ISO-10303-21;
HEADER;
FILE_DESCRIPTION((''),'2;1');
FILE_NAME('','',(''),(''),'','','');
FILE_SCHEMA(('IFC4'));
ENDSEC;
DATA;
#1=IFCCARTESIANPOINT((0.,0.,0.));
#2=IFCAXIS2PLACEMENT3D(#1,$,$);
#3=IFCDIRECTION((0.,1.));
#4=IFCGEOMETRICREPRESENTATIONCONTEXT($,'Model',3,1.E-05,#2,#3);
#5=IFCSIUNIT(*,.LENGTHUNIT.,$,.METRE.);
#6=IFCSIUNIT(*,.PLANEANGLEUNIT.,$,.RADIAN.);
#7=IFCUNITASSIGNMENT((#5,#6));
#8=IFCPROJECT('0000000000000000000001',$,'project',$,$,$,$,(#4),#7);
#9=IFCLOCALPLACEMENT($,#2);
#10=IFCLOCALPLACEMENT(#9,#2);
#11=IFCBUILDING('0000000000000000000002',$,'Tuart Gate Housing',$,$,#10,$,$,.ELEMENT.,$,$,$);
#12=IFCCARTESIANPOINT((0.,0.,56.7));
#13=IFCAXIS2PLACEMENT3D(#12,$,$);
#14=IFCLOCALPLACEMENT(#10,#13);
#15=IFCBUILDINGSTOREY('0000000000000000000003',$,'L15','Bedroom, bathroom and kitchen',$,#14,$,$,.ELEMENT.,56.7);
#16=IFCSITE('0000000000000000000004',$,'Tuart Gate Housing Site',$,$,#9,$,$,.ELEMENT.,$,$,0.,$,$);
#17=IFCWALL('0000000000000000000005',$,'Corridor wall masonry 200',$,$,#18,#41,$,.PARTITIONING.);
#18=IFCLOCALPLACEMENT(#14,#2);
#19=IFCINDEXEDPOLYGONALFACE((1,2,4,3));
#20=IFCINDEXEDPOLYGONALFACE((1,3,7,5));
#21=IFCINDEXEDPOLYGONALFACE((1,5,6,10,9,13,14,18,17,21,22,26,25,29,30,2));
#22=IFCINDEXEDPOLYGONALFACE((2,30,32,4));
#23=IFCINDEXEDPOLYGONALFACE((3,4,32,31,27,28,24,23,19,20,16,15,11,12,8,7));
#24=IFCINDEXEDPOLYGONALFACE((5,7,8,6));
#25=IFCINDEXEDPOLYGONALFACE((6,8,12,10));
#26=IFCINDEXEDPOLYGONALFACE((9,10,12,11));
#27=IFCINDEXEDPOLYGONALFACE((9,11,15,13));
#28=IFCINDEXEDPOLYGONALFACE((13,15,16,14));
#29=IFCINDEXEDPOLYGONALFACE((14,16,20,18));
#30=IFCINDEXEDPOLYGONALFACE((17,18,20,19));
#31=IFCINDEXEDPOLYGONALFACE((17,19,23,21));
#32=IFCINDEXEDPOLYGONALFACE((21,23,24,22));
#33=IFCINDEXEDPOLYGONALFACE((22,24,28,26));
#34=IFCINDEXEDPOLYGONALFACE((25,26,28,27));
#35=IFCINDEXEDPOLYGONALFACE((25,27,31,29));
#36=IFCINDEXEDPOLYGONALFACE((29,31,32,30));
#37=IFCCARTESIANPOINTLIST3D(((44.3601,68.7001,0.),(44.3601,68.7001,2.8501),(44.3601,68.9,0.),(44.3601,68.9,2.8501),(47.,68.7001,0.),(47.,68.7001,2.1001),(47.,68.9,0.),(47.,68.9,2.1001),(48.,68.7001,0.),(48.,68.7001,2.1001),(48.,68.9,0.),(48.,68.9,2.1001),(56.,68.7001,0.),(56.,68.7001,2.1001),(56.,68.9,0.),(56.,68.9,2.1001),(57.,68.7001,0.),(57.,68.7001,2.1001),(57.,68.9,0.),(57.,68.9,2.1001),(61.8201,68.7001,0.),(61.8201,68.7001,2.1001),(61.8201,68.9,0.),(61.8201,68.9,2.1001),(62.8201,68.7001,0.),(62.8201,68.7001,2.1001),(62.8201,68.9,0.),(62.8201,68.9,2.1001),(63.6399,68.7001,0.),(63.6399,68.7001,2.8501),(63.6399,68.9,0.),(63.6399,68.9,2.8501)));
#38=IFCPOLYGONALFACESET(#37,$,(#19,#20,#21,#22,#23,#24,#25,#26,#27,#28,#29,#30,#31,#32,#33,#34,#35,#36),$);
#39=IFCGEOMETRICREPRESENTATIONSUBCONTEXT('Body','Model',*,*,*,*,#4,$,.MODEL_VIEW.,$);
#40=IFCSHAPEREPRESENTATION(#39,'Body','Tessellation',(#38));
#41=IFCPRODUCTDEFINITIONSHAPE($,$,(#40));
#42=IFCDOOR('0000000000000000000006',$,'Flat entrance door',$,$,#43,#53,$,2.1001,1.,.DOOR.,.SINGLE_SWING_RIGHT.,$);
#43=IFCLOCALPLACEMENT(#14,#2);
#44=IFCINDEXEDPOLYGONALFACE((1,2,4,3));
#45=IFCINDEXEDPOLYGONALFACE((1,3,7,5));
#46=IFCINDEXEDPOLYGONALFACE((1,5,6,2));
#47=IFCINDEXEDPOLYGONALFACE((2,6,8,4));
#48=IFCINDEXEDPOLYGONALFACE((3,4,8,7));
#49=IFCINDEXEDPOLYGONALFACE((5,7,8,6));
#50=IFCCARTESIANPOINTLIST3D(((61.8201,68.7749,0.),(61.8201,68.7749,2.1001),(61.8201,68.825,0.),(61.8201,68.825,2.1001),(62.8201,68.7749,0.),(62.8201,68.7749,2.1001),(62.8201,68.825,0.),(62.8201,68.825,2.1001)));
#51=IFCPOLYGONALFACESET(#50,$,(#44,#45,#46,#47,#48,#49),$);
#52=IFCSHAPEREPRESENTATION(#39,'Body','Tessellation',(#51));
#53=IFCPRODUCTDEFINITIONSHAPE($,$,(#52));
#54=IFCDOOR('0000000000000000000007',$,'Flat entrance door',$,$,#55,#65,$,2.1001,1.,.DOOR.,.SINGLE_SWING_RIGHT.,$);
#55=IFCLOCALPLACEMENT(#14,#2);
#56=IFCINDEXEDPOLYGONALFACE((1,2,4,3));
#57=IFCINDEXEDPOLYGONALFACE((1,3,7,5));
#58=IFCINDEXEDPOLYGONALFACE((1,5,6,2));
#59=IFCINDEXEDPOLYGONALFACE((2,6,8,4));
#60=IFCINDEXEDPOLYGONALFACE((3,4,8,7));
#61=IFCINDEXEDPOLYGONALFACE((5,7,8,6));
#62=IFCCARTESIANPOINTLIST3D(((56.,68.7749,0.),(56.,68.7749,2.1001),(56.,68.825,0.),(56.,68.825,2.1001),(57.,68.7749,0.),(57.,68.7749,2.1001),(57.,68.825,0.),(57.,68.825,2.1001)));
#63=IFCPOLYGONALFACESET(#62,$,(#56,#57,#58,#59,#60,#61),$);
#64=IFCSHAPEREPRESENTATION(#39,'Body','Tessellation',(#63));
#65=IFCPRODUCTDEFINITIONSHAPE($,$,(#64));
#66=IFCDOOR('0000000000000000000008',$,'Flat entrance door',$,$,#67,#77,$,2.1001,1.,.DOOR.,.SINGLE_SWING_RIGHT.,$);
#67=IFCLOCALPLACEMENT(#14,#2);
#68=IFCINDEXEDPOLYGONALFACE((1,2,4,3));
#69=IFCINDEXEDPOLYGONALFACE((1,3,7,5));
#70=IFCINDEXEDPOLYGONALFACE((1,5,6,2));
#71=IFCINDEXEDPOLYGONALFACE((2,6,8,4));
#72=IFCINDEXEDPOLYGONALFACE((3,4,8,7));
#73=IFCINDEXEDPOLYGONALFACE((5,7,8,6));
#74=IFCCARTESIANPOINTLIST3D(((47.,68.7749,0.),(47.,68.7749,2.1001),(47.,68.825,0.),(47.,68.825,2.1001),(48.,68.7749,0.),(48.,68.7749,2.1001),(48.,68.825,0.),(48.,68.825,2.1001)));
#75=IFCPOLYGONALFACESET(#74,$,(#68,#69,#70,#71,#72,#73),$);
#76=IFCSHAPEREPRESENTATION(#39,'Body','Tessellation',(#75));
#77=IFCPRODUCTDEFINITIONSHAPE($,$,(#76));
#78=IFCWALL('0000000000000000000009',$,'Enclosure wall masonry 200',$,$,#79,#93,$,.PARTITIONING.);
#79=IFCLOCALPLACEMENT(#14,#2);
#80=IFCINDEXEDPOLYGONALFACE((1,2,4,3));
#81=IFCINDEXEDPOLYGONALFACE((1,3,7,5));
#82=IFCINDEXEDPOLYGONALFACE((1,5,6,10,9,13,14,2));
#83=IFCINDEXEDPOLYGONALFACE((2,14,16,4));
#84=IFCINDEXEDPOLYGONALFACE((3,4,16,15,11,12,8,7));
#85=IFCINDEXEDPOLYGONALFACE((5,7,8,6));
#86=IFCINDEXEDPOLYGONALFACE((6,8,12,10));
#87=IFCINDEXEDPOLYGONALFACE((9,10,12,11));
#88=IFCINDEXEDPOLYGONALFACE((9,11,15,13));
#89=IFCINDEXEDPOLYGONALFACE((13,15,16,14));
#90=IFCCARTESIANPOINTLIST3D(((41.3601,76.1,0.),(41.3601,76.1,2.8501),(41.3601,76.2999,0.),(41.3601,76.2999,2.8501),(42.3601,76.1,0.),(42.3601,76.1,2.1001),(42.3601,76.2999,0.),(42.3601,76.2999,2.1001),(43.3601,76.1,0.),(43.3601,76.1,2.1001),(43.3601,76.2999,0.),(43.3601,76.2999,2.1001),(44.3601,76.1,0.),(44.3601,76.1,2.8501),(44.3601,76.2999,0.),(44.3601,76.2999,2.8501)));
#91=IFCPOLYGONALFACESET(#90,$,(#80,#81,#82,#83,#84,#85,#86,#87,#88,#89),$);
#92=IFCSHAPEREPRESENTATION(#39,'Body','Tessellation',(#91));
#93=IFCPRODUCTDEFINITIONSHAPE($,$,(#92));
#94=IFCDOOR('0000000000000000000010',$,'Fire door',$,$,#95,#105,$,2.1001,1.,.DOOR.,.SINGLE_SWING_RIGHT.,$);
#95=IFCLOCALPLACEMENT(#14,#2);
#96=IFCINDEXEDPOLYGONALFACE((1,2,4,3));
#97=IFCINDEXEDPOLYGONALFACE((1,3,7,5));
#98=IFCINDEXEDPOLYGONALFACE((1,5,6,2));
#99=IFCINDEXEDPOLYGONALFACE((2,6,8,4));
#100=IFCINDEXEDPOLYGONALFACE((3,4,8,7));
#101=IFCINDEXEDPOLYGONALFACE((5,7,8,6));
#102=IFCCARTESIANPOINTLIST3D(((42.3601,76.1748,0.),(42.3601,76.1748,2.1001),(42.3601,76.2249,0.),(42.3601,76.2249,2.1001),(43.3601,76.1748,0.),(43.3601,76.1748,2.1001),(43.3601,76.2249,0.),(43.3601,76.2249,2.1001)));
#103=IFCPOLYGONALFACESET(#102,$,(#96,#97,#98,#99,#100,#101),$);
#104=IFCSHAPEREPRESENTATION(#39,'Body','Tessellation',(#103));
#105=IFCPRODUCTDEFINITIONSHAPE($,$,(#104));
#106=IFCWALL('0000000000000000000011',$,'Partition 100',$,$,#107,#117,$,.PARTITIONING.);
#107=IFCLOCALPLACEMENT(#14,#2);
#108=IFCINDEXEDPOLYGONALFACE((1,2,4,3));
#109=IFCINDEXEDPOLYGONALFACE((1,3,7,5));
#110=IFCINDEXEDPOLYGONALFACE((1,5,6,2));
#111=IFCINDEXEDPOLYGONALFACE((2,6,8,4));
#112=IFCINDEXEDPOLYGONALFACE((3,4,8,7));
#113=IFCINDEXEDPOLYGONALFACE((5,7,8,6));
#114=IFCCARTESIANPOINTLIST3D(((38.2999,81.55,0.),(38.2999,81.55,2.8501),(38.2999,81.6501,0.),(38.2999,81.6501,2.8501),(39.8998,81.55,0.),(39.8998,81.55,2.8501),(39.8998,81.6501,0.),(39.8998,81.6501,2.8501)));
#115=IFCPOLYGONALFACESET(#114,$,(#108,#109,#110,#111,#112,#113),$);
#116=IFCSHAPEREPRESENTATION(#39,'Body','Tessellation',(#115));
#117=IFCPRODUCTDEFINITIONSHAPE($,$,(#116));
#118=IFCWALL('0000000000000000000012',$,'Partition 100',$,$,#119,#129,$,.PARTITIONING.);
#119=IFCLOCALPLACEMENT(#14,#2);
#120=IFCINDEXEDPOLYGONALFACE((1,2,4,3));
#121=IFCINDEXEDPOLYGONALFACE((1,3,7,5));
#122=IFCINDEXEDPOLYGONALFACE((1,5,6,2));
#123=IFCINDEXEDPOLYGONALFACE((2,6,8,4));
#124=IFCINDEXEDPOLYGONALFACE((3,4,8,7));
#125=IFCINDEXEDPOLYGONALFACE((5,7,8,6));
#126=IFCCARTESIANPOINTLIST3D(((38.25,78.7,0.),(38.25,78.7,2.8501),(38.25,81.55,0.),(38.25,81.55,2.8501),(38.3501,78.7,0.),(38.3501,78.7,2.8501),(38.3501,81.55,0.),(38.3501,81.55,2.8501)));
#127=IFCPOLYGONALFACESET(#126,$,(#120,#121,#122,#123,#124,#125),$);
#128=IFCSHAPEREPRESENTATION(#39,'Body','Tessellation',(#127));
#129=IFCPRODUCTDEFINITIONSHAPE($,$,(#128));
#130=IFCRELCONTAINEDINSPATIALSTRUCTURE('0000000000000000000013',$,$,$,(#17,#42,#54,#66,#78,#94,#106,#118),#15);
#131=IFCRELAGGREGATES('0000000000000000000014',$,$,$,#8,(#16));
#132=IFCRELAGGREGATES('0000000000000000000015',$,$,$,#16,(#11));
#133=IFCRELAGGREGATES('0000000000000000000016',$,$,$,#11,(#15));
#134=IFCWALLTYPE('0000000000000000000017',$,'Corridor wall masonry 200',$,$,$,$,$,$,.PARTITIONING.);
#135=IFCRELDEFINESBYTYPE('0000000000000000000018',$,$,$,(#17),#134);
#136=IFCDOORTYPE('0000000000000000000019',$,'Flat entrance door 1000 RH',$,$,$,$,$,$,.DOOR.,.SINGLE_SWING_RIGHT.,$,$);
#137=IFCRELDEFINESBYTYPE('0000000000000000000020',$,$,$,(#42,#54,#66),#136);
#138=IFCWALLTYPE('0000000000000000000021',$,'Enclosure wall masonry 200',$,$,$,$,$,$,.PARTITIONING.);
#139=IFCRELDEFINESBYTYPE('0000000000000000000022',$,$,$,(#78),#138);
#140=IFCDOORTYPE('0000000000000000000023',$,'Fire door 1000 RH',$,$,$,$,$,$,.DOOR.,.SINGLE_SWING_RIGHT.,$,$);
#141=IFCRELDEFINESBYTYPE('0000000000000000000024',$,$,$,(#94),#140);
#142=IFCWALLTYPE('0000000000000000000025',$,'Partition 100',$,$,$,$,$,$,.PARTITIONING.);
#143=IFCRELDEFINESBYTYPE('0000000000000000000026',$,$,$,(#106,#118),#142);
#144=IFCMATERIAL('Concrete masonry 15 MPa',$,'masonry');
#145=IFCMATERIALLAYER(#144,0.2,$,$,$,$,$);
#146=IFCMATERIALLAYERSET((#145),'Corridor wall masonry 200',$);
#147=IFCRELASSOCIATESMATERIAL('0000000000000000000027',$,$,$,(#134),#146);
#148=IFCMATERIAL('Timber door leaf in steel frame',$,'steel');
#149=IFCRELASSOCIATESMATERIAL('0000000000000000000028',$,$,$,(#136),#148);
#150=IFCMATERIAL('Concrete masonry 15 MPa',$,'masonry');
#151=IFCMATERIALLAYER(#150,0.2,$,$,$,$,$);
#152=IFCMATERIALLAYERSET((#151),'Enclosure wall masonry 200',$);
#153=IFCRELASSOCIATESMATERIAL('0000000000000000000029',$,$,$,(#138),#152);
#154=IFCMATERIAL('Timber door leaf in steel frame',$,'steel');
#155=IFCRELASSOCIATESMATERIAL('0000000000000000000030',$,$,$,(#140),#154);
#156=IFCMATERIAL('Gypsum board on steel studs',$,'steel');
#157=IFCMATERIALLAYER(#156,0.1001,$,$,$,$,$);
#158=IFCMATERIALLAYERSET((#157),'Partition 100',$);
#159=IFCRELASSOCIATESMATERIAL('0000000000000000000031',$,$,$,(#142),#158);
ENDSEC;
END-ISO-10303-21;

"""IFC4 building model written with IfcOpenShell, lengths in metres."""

from ifc_helpers import new_model, si_unit, direction, frame, frame_2d, origin, place, context, subcontext, project, spatial, rectangle, extrude, material, layer, layer_set, type_object, element, fill, save


model = new_model("IFC4")

# Units and contexts
model_context = context("Model", 3, precision=1e-05, world=origin(), true_north=direction((0.0, 1.0)))
body_context = subcontext(model_context, "Body", "Model", "MODEL_VIEW")
ifc_project = project(units=[si_unit("LENGTHUNIT", "METRE"), si_unit("PLANEANGLEUNIT", "RADIAN")], contexts=[model_context])

# Site, building, storey
site_placement = place(None, origin())
site = spatial("IfcSite", under=ifc_project, at=site_placement, Name="Tuart Gate Housing Site", CompositionType="ELEMENT", RefElevation=0.0)
building_placement = place(site_placement, origin())
building = spatial("IfcBuilding", under=site, at=building_placement, Name="Tuart Gate Housing", CompositionType="ELEMENT")
storey_placement = place(building_placement, frame((0.0, 0.0, 56.7)))
storey = spatial("IfcBuildingStorey", under=building, at=storey_placement, Name="L15", Description="Bedroom, bathroom and kitchen", CompositionType="ELEMENT", Elevation=56.7)

# Wall, openings, doors
ifc_material_1 = material(Name="Concrete masonry 15 MPa", Category="masonry")
ifc_layer_1 = layer(ifc_material_1, 0.2)
ifc_layer_set_1 = layer_set([ifc_layer_1], Name="Corridor wall masonry 200")
wall_type_1 = type_object("IfcWallType", Name="Corridor wall masonry 200", PredefinedType="PARTITIONING", material=ifc_layer_set_1)
wall_1_placement = place(storey_placement, frame((44.3601, 68.8, 0.0), z_axis=(0.0, 0.0, 1.0), x_axis=(1.0, 0.0, 0.0)))
wall_1 = element("IfcWall", 1, at=wall_1_placement, inside=storey, type_object=wall_type_1, Name="Corridor wall masonry 200", PredefinedType="PARTITIONING", context=body_context, shape_type="SweptSolid", body=[
    extrude(rectangle(XDim=19.2798, YDim=0.2, at=frame_2d((9.6399, 0.0))), origin(), (0.0, 0.0, 1.0), 2.8501),
])
opening_1_placement = place(wall_1_placement, frame((17.46, 0.0, 0.0)))
opening_1 = element("IfcOpeningElement", 2, at=opening_1_placement, cuts=wall_1, PredefinedType="OPENING", context=body_context, shape_type="SweptSolid", body=[
    extrude(rectangle(XDim=1.0, YDim=2.1001, at=frame_2d((0.5, 1.05))), frame((0.0, 0.1099, 0.0), z_axis=(0.0, -1.0, 0.0), x_axis=(1.0, 0.0, 0.0)), (0.0, 0.0, 1.0), 0.22),
])
opening_2_placement = place(wall_1_placement, frame((11.6399, 0.0, 0.0)))
opening_2 = element("IfcOpeningElement", 3, at=opening_2_placement, cuts=wall_1, PredefinedType="OPENING", context=body_context, shape_type="SweptSolid", body=[
    extrude(rectangle(XDim=1.0, YDim=2.1001, at=frame_2d((0.5, 1.05))), frame((0.0, 0.1099, 0.0), z_axis=(0.0, -1.0, 0.0), x_axis=(1.0, 0.0, 0.0)), (0.0, 0.0, 1.0), 0.22),
])
opening_3_placement = place(wall_1_placement, frame((2.6399, 0.0, 0.0)))
opening_3 = element("IfcOpeningElement", 4, at=opening_3_placement, cuts=wall_1, PredefinedType="OPENING", context=body_context, shape_type="SweptSolid", body=[
    extrude(rectangle(XDim=1.0, YDim=2.1001, at=frame_2d((0.5, 1.05))), frame((0.0, 0.1099, 0.0), z_axis=(0.0, -1.0, 0.0), x_axis=(1.0, 0.0, 0.0)), (0.0, 0.0, 1.0), 0.22),
])
ifc_material_2 = material(Name="Timber door leaf in steel frame", Category="steel")
door_type_1 = type_object("IfcDoorType", Name="Flat entrance door 1000 RH", OperationType="SINGLE_SWING_RIGHT", PredefinedType="DOOR", material=ifc_material_2)
door_1_placement = place(opening_1_placement, frame((1.0, 0.0, 0.0), z_axis=(0.0, 0.0, 1.0), x_axis=(-1.0, 0.0, 0.0)))
door_1 = element("IfcDoor", 5, at=door_1_placement, inside=storey, type_object=door_type_1, Name="Flat entrance door", OperationType="SINGLE_SWING_RIGHT", OverallHeight=2.1001, OverallWidth=1.0, PredefinedType="DOOR", context=body_context, shape_type="SweptSolid", body=[
    extrude(rectangle(XDim=1.0, YDim=2.1001, at=frame_2d((0.5, 1.05))), frame((0.0, 0.0251, 0.0), z_axis=(0.0, -1.0, 0.0), x_axis=(1.0, 0.0, 0.0)), (0.0, 0.0, 1.0), 0.05),
])
fill(opening_1, door_1)
door_2_placement = place(opening_2_placement, frame((1.0, 0.0, 0.0), z_axis=(0.0, 0.0, 1.0), x_axis=(-1.0, 0.0, 0.0)))
door_2 = element("IfcDoor", 6, at=door_2_placement, inside=storey, type_object=door_type_1, Name="Flat entrance door", OperationType="SINGLE_SWING_RIGHT", OverallHeight=2.1001, OverallWidth=1.0, PredefinedType="DOOR", context=body_context, shape_type="SweptSolid", body=[
    extrude(rectangle(XDim=1.0, YDim=2.1001, at=frame_2d((0.5, 1.05))), frame((0.0, 0.0251, 0.0), z_axis=(0.0, -1.0, 0.0), x_axis=(1.0, 0.0, 0.0)), (0.0, 0.0, 1.0), 0.05),
])
fill(opening_2, door_2)
door_3_placement = place(opening_3_placement, frame((1.0, 0.0, 0.0), z_axis=(0.0, 0.0, 1.0), x_axis=(-1.0, 0.0, 0.0)))
door_3 = element("IfcDoor", 7, at=door_3_placement, inside=storey, type_object=door_type_1, Name="Flat entrance door", OperationType="SINGLE_SWING_RIGHT", OverallHeight=2.1001, OverallWidth=1.0, PredefinedType="DOOR", context=body_context, shape_type="SweptSolid", body=[
    extrude(rectangle(XDim=1.0, YDim=2.1001, at=frame_2d((0.5, 1.05))), frame((0.0, 0.0251, 0.0), z_axis=(0.0, -1.0, 0.0), x_axis=(1.0, 0.0, 0.0)), (0.0, 0.0, 1.0), 0.05),
])
fill(opening_3, door_3)

# Wall, opening, door
ifc_material_3 = material(Name="Concrete masonry 15 MPa", Category="masonry")
ifc_layer_2 = layer(ifc_material_3, 0.2)
ifc_layer_set_2 = layer_set([ifc_layer_2], Name="Enclosure wall masonry 200")
wall_type_2 = type_object("IfcWallType", Name="Enclosure wall masonry 200", PredefinedType="PARTITIONING", material=ifc_layer_set_2)
wall_2_placement = place(storey_placement, frame((41.3601, 76.2, 0.0), z_axis=(0.0, 0.0, 1.0), x_axis=(1.0, 0.0, 0.0)))
wall_2 = element("IfcWall", 8, at=wall_2_placement, inside=storey, type_object=wall_type_2, Name="Enclosure wall masonry 200", PredefinedType="PARTITIONING", context=body_context, shape_type="SweptSolid", body=[
    extrude(rectangle(XDim=3.0, YDim=0.2, at=frame_2d((1.5, 0.0))), origin(), (0.0, 0.0, 1.0), 2.8501),
])
opening_4_placement = place(wall_2_placement, frame((1.0, 0.0, 0.0)))
opening_4 = element("IfcOpeningElement", 9, at=opening_4_placement, cuts=wall_2, PredefinedType="OPENING", context=body_context, shape_type="SweptSolid", body=[
    extrude(rectangle(XDim=1.0, YDim=2.1001, at=frame_2d((0.5, 1.05))), frame((0.0, 0.1099, 0.0), z_axis=(0.0, -1.0, 0.0), x_axis=(1.0, 0.0, 0.0)), (0.0, 0.0, 1.0), 0.22),
])
ifc_material_4 = material(Name="Timber door leaf in steel frame", Category="steel")
door_type_2 = type_object("IfcDoorType", Name="Fire door 1000 RH", OperationType="SINGLE_SWING_RIGHT", PredefinedType="DOOR", material=ifc_material_4)
door_4_placement = place(opening_4_placement, origin())
door_4 = element("IfcDoor", 10, at=door_4_placement, inside=storey, type_object=door_type_2, Name="Fire door", OperationType="SINGLE_SWING_RIGHT", OverallHeight=2.1001, OverallWidth=1.0, PredefinedType="DOOR", context=body_context, shape_type="SweptSolid", body=[
    extrude(rectangle(XDim=1.0, YDim=2.1001, at=frame_2d((0.5, 1.05))), frame((0.0, 0.0249, 0.0), z_axis=(0.0, -1.0, 0.0), x_axis=(1.0, 0.0, 0.0)), (0.0, 0.0, 1.0), 0.05),
])
fill(opening_4, door_4)

# Walls
ifc_material_5 = material(Name="Gypsum board on steel studs", Category="steel")
ifc_layer_3 = layer(ifc_material_5, 0.1001)
ifc_layer_set_3 = layer_set([ifc_layer_3], Name="Partition 100")
wall_type_3 = type_object("IfcWallType", Name="Partition 100", PredefinedType="PARTITIONING", material=ifc_layer_set_3)
wall_3_placement = place(storey_placement, frame((38.3, 81.6001, 0.0), z_axis=(0.0, 0.0, 1.0), x_axis=(1.0, 0.0, 0.0)))
element("IfcWall", 11, at=wall_3_placement, inside=storey, type_object=wall_type_3, Name="Partition 100", PredefinedType="PARTITIONING", context=body_context, shape_type="SweptSolid", body=[
    extrude(rectangle(XDim=1.5999, YDim=0.1001, at=frame_2d((0.7998, 0.0))), origin(), (0.0, 0.0, 1.0), 2.8501),
])
wall_4_placement = place(storey_placement, frame((38.3, 78.7, 0.0), z_axis=(0.0, 0.0, 1.0), x_axis=(0.0, 1.0, 0.0)))
element("IfcWall", 12, at=wall_4_placement, inside=storey, type_object=wall_type_3, Name="Partition 100", PredefinedType="PARTITIONING", context=body_context, shape_type="SweptSolid", body=[
    extrude(rectangle(XDim=2.8501, YDim=0.1001, at=frame_2d((1.425, 0.0))), origin(), (0.0, 0.0, 1.0), 2.8501),
])

save(model, "model.ifc")
